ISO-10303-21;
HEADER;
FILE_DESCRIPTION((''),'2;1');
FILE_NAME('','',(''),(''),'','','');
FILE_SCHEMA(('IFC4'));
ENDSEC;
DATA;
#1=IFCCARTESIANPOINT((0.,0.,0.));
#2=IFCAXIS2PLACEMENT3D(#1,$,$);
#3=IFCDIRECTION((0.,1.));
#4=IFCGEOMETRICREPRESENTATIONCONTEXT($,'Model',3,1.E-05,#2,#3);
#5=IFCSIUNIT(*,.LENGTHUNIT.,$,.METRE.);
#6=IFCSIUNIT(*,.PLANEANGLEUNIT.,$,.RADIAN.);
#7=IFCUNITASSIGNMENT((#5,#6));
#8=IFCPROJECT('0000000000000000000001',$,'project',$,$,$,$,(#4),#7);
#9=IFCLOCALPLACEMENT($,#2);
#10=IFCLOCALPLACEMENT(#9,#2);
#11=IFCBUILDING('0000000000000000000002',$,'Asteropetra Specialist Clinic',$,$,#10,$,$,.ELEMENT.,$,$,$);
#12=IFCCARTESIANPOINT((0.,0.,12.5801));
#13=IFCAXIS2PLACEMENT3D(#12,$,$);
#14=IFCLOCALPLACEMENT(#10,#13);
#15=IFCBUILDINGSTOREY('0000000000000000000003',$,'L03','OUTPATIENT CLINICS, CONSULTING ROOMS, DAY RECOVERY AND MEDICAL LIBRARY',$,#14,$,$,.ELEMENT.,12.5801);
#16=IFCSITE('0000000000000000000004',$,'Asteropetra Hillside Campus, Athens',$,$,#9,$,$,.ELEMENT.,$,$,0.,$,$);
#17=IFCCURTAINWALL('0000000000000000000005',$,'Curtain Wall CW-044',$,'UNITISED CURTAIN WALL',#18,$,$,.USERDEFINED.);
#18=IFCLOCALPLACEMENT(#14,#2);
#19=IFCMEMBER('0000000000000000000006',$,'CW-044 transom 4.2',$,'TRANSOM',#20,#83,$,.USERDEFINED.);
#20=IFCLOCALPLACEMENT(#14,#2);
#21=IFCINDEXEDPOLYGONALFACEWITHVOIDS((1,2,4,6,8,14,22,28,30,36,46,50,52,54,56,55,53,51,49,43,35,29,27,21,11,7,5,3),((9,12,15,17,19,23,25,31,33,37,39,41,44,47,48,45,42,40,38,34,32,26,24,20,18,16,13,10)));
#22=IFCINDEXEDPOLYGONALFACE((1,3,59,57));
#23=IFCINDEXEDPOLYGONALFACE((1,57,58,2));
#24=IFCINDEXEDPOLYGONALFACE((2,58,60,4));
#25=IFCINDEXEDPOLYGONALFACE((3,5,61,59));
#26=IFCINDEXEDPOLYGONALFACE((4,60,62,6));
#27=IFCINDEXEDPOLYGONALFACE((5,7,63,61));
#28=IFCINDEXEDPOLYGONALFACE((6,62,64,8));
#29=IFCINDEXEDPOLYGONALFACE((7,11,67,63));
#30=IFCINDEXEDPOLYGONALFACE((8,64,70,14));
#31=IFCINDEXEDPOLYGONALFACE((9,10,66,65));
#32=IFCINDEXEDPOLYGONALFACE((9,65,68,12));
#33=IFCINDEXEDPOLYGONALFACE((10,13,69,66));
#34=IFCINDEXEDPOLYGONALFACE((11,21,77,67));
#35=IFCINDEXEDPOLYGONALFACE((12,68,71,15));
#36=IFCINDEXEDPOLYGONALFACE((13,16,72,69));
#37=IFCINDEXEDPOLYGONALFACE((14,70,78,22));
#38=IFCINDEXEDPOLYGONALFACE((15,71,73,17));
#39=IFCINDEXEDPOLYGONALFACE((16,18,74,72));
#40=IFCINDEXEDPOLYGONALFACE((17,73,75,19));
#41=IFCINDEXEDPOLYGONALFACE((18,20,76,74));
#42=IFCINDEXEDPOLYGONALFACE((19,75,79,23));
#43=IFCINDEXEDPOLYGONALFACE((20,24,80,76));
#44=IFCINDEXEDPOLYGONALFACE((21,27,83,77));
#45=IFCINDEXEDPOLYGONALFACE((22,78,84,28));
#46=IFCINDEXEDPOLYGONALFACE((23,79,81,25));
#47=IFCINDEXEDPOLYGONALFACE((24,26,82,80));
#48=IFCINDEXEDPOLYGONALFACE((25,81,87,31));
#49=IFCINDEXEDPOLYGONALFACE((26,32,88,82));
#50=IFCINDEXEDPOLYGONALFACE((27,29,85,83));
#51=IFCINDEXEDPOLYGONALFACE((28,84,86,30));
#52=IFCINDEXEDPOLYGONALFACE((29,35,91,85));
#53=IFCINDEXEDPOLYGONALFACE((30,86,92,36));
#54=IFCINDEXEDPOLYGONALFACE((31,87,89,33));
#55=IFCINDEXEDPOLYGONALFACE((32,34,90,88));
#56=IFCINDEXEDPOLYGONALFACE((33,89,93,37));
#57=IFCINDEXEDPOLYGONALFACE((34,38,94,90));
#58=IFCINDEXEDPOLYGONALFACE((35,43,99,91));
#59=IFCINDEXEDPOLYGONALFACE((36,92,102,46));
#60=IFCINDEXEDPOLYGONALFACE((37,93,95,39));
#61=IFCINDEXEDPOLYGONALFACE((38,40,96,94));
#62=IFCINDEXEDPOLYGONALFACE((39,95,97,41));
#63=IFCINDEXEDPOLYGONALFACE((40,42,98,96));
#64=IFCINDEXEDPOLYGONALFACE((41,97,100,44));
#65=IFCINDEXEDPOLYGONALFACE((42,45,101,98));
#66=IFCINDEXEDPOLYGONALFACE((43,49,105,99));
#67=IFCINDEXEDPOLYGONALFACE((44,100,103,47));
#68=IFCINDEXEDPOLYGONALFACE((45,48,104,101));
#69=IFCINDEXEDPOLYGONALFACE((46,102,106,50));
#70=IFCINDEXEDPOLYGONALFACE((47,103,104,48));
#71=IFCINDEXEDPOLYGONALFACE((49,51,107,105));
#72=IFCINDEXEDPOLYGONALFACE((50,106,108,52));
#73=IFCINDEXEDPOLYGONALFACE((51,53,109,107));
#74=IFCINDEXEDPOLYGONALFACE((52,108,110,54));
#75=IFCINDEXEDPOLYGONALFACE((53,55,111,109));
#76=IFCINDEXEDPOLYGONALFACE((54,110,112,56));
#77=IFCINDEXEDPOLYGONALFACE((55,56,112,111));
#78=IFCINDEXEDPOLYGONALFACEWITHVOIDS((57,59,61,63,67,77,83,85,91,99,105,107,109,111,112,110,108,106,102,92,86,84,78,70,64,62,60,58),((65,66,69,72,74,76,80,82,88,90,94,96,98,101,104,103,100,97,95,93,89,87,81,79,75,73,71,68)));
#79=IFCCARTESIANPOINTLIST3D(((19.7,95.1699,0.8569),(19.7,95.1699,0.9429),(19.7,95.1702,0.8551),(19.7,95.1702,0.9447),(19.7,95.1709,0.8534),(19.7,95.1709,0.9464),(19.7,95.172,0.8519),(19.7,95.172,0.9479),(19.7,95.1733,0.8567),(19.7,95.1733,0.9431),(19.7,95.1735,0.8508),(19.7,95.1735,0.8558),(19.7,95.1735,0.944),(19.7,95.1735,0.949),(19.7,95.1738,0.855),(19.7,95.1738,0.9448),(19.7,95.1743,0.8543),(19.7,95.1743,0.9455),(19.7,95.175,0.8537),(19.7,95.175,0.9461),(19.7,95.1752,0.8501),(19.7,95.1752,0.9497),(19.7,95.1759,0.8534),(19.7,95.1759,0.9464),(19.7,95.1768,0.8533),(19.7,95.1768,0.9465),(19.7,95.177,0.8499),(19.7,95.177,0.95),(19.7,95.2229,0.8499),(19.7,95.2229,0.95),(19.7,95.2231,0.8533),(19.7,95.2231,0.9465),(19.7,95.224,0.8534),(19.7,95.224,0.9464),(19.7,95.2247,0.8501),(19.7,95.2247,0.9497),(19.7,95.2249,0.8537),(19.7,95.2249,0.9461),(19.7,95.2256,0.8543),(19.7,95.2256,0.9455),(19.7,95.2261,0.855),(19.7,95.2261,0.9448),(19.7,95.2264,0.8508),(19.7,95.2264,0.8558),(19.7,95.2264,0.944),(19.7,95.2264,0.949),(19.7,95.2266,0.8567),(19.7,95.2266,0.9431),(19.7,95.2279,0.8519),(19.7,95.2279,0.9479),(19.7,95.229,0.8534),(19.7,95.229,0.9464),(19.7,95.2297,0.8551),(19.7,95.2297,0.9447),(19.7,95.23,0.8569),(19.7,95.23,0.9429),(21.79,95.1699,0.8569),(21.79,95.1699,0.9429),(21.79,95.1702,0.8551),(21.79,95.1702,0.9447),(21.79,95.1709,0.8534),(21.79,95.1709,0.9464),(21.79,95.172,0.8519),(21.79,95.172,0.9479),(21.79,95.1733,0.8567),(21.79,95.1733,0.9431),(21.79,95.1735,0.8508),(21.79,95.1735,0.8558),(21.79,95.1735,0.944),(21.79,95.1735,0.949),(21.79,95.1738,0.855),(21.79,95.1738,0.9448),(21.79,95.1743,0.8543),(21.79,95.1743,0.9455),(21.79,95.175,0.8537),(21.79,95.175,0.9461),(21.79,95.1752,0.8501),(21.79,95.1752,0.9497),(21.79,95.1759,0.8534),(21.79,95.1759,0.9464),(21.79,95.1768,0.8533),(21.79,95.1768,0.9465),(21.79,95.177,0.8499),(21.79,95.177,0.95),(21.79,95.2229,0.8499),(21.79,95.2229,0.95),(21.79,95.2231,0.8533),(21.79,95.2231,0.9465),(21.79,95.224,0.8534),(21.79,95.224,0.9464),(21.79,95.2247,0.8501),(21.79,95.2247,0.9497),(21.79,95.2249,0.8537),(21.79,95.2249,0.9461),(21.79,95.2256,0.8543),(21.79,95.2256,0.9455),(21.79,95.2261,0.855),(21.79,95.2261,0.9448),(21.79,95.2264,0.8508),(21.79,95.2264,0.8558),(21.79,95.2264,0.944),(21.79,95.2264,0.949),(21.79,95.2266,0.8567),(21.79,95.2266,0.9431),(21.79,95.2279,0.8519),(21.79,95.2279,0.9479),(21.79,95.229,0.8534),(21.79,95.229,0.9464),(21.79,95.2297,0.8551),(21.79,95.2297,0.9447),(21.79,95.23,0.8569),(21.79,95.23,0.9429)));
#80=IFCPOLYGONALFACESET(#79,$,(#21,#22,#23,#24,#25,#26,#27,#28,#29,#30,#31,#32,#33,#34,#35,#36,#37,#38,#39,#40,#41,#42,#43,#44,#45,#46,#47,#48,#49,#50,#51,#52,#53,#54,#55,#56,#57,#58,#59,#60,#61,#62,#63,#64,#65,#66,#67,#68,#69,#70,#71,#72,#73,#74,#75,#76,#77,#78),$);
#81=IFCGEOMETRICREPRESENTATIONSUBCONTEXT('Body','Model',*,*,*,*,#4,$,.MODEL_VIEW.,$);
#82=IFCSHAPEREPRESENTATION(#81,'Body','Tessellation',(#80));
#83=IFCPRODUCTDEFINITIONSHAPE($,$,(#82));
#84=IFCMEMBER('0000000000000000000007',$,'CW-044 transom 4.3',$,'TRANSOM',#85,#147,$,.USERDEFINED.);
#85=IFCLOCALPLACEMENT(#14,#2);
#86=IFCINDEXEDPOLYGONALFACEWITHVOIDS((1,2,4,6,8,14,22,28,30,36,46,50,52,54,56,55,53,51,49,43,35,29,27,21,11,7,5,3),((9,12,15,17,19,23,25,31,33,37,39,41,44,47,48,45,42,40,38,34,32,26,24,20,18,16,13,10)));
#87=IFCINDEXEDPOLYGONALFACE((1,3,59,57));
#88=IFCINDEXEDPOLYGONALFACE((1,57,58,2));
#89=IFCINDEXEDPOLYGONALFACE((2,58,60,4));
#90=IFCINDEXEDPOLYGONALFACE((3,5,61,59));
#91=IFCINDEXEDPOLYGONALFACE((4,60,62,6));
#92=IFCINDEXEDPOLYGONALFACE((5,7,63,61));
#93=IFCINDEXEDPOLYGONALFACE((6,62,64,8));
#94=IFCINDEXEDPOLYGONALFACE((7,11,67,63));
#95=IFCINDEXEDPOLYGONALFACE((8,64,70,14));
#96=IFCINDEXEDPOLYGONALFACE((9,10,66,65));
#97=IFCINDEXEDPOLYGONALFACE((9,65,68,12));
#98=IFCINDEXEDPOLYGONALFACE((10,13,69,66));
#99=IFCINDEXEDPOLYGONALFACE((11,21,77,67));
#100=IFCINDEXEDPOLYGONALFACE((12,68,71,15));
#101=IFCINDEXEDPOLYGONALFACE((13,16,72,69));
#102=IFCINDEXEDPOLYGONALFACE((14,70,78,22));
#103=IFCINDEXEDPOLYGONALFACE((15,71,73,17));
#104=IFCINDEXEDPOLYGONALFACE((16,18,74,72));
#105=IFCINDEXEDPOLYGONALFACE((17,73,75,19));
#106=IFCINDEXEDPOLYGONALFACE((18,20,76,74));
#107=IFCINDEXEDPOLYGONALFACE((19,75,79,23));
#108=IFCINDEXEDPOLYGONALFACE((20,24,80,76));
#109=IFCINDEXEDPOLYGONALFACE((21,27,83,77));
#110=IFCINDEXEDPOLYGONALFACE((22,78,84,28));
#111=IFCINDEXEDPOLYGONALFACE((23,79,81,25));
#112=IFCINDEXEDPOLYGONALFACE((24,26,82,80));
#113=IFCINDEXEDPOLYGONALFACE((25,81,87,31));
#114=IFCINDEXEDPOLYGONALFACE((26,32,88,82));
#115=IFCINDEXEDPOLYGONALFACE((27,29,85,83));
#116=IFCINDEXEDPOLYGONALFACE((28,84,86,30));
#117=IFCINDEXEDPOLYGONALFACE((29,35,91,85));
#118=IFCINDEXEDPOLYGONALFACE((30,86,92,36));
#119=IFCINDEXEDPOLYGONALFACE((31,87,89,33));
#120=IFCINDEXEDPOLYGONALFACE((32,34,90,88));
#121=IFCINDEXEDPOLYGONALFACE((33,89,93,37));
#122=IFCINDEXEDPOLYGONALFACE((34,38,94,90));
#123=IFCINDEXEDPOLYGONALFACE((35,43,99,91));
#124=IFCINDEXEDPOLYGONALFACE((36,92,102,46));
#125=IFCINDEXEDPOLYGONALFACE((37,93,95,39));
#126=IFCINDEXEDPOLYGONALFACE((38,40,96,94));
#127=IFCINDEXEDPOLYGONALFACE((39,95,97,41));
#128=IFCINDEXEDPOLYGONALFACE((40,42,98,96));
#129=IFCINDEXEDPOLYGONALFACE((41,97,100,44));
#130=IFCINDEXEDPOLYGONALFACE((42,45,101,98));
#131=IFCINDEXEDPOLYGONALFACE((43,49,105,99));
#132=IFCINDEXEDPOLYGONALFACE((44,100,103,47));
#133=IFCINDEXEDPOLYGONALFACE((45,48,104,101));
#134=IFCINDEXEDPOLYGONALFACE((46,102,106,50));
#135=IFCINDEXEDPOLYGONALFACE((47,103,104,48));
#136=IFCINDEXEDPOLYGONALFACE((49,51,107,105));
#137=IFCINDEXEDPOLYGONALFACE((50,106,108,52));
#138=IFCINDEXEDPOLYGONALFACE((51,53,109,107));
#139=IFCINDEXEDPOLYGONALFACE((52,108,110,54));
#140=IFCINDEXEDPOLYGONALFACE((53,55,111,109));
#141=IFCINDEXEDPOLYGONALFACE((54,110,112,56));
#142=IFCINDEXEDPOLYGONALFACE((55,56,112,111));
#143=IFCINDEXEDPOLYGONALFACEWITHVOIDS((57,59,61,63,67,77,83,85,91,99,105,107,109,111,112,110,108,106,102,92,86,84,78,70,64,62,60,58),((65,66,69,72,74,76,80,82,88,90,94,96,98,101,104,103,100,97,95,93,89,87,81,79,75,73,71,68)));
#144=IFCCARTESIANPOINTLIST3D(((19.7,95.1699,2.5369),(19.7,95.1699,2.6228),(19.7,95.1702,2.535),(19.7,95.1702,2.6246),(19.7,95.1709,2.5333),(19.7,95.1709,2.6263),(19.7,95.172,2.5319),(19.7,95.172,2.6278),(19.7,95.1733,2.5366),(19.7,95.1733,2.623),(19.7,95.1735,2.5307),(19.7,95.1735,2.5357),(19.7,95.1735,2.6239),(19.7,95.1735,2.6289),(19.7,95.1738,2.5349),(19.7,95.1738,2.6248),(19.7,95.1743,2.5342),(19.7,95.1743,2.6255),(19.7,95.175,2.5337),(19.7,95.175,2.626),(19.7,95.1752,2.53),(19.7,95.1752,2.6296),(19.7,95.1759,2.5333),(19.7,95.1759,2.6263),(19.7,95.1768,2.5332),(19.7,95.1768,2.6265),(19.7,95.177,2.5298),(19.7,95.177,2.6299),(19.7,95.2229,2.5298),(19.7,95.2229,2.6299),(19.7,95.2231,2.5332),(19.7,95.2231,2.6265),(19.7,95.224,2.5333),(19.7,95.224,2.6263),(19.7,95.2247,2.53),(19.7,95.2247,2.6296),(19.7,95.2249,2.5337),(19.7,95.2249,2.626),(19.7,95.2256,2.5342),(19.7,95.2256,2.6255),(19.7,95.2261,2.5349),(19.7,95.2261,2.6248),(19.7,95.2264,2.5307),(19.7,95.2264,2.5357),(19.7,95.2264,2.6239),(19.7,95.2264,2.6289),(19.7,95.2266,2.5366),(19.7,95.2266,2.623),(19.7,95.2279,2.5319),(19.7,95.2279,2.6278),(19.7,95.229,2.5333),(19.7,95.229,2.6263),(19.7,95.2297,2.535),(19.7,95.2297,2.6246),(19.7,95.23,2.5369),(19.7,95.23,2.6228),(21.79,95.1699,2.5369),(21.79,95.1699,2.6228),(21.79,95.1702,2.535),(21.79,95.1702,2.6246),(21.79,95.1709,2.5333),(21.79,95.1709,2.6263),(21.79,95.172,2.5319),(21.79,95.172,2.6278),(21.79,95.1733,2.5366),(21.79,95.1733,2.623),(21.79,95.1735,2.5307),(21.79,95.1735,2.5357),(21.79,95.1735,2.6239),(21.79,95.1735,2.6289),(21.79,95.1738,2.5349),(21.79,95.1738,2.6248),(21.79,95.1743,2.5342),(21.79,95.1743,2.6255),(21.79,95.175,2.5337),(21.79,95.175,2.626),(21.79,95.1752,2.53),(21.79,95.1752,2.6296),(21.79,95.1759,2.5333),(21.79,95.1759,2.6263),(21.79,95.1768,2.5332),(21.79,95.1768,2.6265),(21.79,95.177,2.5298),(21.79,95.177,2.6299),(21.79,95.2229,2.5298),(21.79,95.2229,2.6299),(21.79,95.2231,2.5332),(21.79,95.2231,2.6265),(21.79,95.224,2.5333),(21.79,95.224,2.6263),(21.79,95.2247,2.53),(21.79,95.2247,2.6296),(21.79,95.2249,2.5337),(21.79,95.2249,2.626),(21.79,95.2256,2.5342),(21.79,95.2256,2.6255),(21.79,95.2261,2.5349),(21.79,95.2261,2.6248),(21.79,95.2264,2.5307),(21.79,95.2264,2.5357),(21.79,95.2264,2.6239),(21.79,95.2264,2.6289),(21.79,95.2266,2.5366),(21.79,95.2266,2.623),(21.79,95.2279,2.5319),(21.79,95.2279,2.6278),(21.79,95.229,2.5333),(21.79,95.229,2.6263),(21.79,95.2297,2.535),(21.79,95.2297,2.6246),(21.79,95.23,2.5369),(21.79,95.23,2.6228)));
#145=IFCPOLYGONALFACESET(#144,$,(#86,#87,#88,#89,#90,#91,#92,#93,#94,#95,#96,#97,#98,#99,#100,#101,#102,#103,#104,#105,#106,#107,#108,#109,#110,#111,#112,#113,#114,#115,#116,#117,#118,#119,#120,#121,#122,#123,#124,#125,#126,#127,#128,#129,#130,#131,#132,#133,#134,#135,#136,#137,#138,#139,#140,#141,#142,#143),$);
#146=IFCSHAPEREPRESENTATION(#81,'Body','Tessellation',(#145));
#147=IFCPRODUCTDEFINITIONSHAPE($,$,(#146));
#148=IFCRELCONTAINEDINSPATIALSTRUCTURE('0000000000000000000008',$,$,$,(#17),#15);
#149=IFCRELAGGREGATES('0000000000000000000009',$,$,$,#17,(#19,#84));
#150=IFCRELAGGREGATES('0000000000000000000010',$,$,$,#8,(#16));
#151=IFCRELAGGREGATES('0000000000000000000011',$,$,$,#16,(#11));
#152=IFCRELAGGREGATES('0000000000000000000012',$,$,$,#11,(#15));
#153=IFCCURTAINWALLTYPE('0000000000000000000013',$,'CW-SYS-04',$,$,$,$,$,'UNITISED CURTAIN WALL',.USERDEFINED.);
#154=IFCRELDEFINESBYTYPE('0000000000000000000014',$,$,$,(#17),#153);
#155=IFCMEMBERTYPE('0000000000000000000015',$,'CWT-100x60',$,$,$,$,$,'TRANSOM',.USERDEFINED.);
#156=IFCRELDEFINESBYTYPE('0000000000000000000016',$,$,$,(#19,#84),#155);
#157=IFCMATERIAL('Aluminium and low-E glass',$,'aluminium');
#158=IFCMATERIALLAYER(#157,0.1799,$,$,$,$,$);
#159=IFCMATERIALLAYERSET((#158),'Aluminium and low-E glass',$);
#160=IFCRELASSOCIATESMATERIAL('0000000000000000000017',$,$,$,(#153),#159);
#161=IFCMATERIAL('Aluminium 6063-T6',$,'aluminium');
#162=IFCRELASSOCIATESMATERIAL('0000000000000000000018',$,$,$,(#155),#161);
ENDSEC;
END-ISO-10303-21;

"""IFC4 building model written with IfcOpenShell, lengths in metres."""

from ifc_helpers import new_model, si_unit, direction, frame, origin, origin_2d, place, context, subcontext, project, spatial, hollow_rectangle, extrude, material, layer, layer_set, material_profile, profile_set, type_object, element, aggregate, save


model = new_model("IFC4")

# Units and contexts
model_context = context("Model", 3, precision=1e-05, world=origin(), true_north=direction((0.0, 1.0)))
body_context = subcontext(model_context, "Body", "Model", "MODEL_VIEW")
ifc_project = project(units=[si_unit("LENGTHUNIT", "METRE"), si_unit("PLANEANGLEUNIT", "RADIAN")], contexts=[model_context])

# Site, building, storey
site_placement = place(None, origin())
site = spatial("IfcSite", under=ifc_project, at=site_placement, Name="Asteropetra Hillside Campus, Athens", CompositionType="ELEMENT", RefElevation=0.0)
building_placement = place(site_placement, origin())
building = spatial("IfcBuilding", under=site, at=building_placement, Name="Asteropetra Specialist Clinic", CompositionType="ELEMENT")
storey_placement = place(building_placement, frame((0.0, 0.0, 12.5801)))
storey = spatial("IfcBuildingStorey", under=building, at=storey_placement, Name="L03", Description="OUTPATIENT CLINICS, CONSULTING ROOMS, DAY RECOVERY AND MEDICAL LIBRARY", CompositionType="ELEMENT", Elevation=12.5801)

# Curtain wall
ifc_material_1 = material(Name="Aluminium and low-E glass", Category="aluminium")
ifc_layer_1 = layer(ifc_material_1, 0.1799)
ifc_layer_set_1 = layer_set([ifc_layer_1], Name="Aluminium and low-E glass")
curtain_wall_type_1 = type_object("IfcCurtainWallType", Name="CW-SYS-04", ElementType="UNITISED CURTAIN WALL", PredefinedType="USERDEFINED", material=ifc_layer_set_1)
curtain_wall_1_placement = place(storey_placement, origin())
curtain_wall_1 = element("IfcCurtainWall", 1, at=curtain_wall_1_placement, inside=storey, type_object=curtain_wall_type_1, Name="Curtain Wall CW-044", ObjectType="UNITISED CURTAIN WALL", PredefinedType="USERDEFINED")

# Members
ifc_material_2 = material(Name="Aluminium 6063-T6", Category="aluminium")
ifc_material_profile_1 = material_profile(ifc_material_2, hollow_rectangle(XDim=0.0601, YDim=0.1001, WallThickness=0.0034, InnerFilletRadius=0.0034, OuterFilletRadius=0.0071, at=origin_2d()), Name="TRN 100x60x3.5")
ifc_profile_set_1 = profile_set([ifc_material_profile_1], Name="Aluminium 6063-T6")
member_type_1 = type_object("IfcMemberType", Name="CWT-100x60", ElementType="TRANSOM", PredefinedType="USERDEFINED", material=ifc_profile_set_1)
member_1_placement = place(storey_placement, frame((21.79, 95.2, 0.8999), z_axis=(-1.0, 0.0, 0.0), x_axis=(0.0, -1.0, 0.0)))
member_1 = element("IfcMember", 2, at=member_1_placement, type_object=member_type_1, Name="CW-044 transom 4.2", ObjectType="TRANSOM", PredefinedType="USERDEFINED", context=body_context, shape_type="SweptSolid", body=[
    extrude(hollow_rectangle(XDim=0.0601, YDim=0.1001, WallThickness=0.0034, InnerFilletRadius=0.0034, OuterFilletRadius=0.0071, at=origin_2d()), origin(), (0.0, 0.0, 1.0), 2.0901),
])
member_2_placement = place(storey_placement, frame((21.79, 95.2, 2.5798), z_axis=(-1.0, 0.0, 0.0), x_axis=(0.0, -1.0, 0.0)))
member_2 = element("IfcMember", 3, at=member_2_placement, type_object=member_type_1, Name="CW-044 transom 4.3", ObjectType="TRANSOM", PredefinedType="USERDEFINED", context=body_context, shape_type="SweptSolid", body=[
    extrude(hollow_rectangle(XDim=0.0601, YDim=0.1001, WallThickness=0.0034, InnerFilletRadius=0.0034, OuterFilletRadius=0.0071, at=origin_2d()), origin(), (0.0, 0.0, 1.0), 2.0901),
])

aggregate(curtain_wall_1, [member_1, member_2])

save(model, "model.ifc")
